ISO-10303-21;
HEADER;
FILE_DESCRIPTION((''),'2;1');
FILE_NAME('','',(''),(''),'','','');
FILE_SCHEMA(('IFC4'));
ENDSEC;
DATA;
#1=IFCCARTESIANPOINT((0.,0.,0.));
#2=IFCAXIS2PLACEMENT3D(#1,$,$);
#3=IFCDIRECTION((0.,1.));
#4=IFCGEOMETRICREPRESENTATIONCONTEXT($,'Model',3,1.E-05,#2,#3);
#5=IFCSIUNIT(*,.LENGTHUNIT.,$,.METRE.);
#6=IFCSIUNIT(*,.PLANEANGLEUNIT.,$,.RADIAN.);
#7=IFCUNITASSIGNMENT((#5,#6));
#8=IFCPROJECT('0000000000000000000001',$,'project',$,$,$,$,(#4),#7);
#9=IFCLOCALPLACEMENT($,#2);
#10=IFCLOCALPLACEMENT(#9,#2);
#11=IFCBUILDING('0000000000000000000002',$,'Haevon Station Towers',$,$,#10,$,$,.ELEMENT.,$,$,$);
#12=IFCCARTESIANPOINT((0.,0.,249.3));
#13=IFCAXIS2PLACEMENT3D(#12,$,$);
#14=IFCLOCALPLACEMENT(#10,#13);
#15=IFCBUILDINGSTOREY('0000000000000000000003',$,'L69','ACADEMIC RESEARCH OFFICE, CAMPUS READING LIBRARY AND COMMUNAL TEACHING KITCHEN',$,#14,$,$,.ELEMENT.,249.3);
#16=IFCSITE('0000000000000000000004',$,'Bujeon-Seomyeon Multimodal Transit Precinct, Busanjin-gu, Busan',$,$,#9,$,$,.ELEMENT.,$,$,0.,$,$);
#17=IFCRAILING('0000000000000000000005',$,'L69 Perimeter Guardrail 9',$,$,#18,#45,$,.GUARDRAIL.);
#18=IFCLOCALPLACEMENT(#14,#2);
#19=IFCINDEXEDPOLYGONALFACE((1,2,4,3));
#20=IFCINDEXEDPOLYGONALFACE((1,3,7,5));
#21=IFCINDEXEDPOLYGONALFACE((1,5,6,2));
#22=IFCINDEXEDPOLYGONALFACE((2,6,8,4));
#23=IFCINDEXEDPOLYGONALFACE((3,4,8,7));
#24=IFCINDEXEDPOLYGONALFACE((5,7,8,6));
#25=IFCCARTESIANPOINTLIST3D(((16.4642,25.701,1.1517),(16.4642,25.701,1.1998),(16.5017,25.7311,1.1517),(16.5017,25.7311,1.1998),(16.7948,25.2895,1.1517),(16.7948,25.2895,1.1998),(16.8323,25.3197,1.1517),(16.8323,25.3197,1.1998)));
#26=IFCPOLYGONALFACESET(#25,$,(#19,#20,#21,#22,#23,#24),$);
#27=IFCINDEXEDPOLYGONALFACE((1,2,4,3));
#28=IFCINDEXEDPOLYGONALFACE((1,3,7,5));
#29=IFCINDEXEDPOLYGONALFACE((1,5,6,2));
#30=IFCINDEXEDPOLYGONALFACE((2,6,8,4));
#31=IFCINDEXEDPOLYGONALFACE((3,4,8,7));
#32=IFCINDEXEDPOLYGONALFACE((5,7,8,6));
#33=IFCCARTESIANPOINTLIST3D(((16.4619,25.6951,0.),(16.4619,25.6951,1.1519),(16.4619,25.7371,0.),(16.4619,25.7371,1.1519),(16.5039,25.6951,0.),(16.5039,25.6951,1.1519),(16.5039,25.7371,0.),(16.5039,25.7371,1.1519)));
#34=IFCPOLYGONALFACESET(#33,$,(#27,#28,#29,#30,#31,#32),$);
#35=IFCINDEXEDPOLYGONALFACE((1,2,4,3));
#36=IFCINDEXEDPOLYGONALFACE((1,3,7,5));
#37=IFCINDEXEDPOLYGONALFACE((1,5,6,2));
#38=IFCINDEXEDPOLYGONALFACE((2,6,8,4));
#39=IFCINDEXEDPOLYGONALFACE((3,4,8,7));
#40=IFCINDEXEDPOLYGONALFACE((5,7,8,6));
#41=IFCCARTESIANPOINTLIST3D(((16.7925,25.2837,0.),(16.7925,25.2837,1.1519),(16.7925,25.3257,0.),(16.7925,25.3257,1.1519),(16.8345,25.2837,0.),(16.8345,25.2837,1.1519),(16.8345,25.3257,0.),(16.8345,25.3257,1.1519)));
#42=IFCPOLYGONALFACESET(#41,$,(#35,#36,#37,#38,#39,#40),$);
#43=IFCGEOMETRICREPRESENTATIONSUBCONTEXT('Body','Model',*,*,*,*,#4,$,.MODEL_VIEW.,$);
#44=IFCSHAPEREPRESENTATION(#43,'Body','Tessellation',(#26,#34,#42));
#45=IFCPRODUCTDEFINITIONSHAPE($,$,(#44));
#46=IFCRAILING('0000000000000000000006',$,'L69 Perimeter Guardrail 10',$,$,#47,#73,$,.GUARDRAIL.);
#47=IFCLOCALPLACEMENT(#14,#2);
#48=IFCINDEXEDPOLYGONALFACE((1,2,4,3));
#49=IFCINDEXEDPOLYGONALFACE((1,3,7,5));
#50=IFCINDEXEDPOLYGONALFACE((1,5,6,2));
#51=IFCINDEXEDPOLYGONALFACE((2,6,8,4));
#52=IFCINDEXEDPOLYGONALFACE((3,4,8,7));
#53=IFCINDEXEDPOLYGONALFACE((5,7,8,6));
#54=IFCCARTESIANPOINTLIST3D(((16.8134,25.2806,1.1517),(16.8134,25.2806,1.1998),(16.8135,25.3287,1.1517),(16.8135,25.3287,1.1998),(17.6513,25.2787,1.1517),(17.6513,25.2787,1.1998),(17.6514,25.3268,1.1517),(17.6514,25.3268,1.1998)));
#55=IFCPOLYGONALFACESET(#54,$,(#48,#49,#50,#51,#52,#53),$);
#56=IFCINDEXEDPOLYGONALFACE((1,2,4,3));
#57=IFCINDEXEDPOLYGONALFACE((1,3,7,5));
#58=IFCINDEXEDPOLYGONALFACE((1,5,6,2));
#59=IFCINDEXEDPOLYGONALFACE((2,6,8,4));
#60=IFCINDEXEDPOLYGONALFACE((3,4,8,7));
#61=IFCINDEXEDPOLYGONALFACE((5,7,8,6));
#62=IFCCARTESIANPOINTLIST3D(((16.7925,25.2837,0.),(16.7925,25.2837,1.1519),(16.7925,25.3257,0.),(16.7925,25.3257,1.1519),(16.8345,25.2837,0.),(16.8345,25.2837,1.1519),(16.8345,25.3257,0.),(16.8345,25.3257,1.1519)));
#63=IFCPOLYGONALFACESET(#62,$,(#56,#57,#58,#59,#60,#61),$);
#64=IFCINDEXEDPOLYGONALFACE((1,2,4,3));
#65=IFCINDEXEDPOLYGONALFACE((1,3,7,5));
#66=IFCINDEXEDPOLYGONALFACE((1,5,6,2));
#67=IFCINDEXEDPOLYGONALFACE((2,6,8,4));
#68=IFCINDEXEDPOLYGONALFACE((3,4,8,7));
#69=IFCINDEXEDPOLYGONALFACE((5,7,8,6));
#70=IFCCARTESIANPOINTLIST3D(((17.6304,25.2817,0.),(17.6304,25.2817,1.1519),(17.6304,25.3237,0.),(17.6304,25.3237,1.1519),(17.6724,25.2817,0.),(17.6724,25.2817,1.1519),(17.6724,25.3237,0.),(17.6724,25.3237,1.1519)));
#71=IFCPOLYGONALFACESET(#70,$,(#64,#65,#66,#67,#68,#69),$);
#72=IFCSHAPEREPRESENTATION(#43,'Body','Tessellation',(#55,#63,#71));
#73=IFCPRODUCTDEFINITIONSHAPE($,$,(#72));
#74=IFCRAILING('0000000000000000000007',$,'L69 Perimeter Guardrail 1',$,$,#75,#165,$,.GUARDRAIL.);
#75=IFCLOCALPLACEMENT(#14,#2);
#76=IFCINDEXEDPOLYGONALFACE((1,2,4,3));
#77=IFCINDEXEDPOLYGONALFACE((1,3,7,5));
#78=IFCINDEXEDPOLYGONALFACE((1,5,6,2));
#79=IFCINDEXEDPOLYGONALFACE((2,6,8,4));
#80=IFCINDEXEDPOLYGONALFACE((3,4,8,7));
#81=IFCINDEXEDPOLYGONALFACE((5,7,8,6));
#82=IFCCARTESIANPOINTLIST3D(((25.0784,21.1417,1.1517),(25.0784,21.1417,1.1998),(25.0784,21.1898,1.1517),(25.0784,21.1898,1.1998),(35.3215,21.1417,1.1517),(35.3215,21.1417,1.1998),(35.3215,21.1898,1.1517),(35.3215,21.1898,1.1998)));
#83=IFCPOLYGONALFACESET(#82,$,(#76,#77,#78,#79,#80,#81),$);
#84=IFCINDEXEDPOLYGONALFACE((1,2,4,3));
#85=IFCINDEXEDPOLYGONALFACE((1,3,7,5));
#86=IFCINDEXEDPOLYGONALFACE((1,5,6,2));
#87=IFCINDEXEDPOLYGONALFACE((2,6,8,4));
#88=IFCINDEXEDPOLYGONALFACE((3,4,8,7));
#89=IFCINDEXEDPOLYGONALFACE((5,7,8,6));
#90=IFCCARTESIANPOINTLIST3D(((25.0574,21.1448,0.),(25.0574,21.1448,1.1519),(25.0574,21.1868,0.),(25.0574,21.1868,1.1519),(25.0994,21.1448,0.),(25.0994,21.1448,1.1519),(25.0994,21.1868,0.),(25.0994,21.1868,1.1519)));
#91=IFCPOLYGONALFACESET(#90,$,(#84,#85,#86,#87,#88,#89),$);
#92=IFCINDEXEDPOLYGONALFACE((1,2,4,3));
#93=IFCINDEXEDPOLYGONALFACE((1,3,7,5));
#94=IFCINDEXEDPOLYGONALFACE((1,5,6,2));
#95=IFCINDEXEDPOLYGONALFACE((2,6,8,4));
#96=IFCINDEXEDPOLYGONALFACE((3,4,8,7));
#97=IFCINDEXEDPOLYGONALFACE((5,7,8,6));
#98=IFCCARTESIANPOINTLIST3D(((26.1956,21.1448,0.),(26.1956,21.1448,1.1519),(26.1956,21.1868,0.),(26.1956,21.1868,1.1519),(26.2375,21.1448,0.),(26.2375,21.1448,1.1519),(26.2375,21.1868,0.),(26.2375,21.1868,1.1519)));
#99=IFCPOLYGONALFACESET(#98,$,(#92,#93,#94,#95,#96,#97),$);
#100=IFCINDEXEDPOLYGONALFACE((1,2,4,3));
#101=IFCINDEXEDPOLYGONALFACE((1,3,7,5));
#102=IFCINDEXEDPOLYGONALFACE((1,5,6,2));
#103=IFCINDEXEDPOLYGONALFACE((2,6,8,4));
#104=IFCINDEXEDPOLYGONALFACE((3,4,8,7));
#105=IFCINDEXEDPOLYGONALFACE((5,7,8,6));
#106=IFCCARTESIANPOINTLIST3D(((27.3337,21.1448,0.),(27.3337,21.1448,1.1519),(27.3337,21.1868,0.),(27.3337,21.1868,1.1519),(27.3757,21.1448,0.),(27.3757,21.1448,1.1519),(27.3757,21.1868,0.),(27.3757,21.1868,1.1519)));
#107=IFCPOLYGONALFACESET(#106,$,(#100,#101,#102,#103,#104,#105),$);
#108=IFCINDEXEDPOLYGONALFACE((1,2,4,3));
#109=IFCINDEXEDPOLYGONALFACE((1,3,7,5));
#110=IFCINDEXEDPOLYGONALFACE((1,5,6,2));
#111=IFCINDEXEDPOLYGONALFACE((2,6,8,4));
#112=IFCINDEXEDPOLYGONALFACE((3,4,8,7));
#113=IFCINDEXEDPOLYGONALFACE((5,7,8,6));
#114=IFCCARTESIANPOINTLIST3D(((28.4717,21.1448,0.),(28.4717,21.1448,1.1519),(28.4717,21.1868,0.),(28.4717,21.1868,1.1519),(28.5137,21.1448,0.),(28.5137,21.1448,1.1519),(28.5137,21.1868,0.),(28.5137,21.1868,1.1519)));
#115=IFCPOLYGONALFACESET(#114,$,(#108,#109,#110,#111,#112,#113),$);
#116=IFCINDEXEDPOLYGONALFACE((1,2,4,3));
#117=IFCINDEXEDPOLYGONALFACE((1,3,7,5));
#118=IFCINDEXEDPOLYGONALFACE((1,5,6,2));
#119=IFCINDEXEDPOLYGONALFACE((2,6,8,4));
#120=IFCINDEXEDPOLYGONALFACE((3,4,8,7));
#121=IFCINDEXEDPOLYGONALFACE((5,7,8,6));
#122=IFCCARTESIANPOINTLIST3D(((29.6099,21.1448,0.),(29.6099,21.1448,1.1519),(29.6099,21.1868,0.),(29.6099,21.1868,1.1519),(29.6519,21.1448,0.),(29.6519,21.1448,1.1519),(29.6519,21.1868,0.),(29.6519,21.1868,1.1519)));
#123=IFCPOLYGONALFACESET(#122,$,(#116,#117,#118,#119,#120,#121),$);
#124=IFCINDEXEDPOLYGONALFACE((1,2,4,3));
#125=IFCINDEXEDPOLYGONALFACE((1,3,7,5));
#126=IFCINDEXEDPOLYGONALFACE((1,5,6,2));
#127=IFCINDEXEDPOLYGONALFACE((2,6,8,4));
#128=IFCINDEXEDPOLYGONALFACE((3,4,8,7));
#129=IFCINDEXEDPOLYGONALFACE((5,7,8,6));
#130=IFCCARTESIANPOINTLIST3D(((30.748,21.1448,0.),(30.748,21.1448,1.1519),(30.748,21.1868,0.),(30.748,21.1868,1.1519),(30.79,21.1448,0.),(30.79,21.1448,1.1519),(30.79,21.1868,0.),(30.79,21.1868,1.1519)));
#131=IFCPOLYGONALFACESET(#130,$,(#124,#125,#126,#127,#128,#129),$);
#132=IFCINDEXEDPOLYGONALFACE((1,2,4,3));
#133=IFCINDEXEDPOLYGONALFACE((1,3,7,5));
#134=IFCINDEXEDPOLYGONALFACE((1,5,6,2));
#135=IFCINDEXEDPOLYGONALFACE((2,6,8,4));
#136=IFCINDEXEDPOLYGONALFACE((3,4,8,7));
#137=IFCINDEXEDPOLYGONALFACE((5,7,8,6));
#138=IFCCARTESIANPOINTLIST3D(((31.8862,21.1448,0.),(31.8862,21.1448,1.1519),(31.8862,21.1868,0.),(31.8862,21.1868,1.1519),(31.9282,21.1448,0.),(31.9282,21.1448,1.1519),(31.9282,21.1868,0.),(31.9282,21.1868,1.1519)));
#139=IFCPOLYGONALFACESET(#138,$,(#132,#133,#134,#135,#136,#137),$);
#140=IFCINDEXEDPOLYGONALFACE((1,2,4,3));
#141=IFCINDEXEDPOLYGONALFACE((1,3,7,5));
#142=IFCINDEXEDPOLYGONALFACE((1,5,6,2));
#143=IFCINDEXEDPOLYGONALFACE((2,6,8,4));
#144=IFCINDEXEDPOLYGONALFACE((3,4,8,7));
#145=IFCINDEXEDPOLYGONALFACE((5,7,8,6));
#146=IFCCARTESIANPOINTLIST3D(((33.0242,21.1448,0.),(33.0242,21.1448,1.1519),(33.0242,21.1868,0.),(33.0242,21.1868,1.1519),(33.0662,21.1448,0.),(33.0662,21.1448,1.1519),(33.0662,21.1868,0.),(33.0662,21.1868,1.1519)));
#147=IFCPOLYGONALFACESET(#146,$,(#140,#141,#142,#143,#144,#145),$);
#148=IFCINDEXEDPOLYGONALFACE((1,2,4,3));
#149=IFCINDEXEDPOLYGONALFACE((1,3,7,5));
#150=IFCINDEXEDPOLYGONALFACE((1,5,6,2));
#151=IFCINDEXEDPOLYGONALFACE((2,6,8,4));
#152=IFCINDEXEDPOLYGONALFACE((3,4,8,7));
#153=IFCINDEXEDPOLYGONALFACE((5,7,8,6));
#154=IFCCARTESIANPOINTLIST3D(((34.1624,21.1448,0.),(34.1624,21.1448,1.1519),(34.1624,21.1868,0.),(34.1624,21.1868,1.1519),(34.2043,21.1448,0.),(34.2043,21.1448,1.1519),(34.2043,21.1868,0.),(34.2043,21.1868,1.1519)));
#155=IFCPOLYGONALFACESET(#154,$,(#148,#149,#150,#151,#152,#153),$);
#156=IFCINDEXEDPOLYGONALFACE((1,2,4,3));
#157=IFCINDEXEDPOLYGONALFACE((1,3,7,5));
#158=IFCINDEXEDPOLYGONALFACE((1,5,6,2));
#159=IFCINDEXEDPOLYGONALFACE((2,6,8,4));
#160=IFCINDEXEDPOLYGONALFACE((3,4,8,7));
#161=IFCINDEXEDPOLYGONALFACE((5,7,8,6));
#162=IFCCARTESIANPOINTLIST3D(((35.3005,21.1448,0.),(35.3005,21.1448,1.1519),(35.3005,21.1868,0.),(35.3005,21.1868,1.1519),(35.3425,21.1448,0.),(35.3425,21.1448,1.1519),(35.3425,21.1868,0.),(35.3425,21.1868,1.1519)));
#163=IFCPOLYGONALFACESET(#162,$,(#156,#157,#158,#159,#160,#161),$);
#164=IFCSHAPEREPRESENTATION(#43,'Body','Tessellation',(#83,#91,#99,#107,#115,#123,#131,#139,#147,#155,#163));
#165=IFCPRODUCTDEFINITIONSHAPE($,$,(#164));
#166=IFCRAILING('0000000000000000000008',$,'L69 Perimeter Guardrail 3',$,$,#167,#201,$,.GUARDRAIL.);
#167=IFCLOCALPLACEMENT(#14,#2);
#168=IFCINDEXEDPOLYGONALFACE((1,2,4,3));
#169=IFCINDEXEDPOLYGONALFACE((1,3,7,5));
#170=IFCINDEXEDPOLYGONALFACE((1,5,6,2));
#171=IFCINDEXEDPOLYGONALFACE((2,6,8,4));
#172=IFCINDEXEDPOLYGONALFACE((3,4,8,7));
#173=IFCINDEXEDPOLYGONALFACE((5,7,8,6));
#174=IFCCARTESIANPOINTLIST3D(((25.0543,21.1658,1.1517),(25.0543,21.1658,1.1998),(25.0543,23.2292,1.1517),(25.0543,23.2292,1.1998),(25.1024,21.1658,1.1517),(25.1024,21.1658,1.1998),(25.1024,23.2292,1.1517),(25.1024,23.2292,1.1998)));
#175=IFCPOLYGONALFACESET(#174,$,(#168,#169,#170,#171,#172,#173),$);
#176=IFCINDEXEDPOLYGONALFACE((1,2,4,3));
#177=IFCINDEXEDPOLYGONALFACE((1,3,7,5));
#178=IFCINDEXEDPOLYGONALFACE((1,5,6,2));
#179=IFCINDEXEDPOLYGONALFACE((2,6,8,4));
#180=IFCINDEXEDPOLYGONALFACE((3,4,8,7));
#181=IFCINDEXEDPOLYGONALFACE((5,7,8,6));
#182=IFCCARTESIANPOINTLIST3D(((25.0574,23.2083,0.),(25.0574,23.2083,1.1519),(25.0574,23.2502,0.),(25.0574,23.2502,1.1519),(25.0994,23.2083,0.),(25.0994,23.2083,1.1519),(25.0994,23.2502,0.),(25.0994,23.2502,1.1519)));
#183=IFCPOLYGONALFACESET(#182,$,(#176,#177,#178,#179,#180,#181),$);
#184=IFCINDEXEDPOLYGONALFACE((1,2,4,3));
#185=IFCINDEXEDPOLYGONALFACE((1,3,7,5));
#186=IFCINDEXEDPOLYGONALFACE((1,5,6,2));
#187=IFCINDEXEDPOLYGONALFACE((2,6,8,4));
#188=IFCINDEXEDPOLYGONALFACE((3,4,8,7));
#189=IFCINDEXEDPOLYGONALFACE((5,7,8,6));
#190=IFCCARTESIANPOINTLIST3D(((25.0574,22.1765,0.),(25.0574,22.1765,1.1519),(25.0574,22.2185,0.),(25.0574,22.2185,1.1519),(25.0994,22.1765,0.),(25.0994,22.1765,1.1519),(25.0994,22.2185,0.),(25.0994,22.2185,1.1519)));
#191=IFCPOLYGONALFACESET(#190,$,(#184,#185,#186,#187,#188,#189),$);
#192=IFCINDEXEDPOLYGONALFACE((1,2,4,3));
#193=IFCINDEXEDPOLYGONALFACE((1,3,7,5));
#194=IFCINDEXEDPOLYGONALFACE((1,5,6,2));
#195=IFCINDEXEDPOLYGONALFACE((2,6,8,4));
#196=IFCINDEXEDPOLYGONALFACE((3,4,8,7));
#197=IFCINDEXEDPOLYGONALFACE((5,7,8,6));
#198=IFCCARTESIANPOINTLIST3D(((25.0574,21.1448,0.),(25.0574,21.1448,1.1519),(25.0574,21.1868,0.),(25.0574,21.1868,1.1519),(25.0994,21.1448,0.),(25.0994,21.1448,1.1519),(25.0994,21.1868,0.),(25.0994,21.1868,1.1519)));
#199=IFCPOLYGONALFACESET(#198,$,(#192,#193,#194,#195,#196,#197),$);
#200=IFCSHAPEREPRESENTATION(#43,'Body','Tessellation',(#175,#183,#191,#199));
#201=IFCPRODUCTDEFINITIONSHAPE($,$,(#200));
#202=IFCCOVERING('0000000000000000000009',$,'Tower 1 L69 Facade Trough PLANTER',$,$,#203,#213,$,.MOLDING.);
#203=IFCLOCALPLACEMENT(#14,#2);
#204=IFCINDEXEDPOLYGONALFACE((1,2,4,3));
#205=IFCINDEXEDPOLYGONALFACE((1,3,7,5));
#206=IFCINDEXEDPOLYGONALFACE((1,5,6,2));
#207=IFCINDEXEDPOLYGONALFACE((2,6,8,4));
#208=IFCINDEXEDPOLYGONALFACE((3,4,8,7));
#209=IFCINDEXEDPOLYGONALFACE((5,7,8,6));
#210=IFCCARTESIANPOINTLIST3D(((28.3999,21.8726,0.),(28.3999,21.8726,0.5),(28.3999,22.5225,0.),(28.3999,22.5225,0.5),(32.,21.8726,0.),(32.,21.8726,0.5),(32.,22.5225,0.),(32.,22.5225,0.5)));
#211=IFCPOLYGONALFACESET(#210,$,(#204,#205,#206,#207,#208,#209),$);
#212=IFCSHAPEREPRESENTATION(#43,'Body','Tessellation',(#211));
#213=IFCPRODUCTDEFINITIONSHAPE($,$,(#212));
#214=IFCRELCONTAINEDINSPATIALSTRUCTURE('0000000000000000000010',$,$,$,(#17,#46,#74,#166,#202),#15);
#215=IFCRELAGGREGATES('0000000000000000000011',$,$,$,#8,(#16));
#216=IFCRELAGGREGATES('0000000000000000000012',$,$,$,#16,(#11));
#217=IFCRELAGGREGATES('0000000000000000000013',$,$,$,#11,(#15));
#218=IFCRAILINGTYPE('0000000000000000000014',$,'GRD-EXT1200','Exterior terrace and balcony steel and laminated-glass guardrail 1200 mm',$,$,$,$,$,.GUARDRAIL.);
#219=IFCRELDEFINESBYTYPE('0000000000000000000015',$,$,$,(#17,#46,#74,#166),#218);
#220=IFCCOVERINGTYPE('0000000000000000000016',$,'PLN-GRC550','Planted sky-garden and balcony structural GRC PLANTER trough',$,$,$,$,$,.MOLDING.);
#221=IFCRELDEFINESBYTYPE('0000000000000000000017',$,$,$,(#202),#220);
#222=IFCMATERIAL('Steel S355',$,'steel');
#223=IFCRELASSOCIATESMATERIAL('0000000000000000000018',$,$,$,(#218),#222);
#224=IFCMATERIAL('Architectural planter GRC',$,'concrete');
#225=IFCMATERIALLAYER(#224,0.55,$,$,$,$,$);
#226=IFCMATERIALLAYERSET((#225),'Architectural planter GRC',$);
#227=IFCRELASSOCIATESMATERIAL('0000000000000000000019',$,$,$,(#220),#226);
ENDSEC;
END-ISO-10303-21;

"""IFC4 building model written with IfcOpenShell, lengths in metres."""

from ifc_helpers import new_model, si_unit, direction, frame, origin, origin_2d, place, context, subcontext, project, spatial, rectangle, extrude, material, layer, layer_set, type_object, element, save


model = new_model("IFC4")

# Units and contexts
model_context = context("Model", 3, precision=1e-05, world=origin(), true_north=direction((0.0, 1.0)))
body_context = subcontext(model_context, "Body", "Model", "MODEL_VIEW")
ifc_project = project(units=[si_unit("LENGTHUNIT", "METRE"), si_unit("PLANEANGLEUNIT", "RADIAN")], contexts=[model_context])

# Site, building, storey
site_placement = place(None, origin())
site = spatial("IfcSite", under=ifc_project, at=site_placement, Name="Bujeon-Seomyeon Multimodal Transit Precinct, Busanjin-gu, Busan", CompositionType="ELEMENT", RefElevation=0.0)
building_placement = place(site_placement, origin())
building = spatial("IfcBuilding", under=site, at=building_placement, Name="Haevon Station Towers", CompositionType="ELEMENT")
storey_placement = place(building_placement, frame((0.0, 0.0, 249.3)))
storey = spatial("IfcBuildingStorey", under=building, at=storey_placement, Name="L69", Description="ACADEMIC RESEARCH OFFICE, CAMPUS READING LIBRARY AND COMMUNAL TEACHING KITCHEN", CompositionType="ELEMENT", Elevation=249.3)

# Shared definitions
ifc_material_1 = material(Name="Steel S355", Category="steel")

# Railings
railing_type = type_object("IfcRailingType", Name="GRD-EXT1200", Description="Exterior terrace and balcony steel and laminated-glass guardrail 1200 mm", PredefinedType="GUARDRAIL", material=ifc_material_1)
railing_1_placement = place(storey_placement, frame((16.4829, 25.7161, 0.0)))
element("IfcRailing", 1, at=railing_1_placement, inside=storey, type_object=railing_type, Name="L69 Perimeter Guardrail 9", PredefinedType="GUARDRAIL", context=body_context, shape_type="SweptSolid", body=[
    extrude(rectangle(XDim=0.0481, YDim=0.0481, at=origin_2d()), frame((0.0, 0.0, 1.1758), z_axis=(0.626386, -0.779513, 0.0), x_axis=(0.779513, 0.626386, 0.0)), (0.0, 0.0, 1.0), 0.5278),
    extrude(rectangle(XDim=0.042, YDim=0.042, at=origin_2d()), origin(), (0.0, 0.0, 1.0), 1.1519),
    extrude(rectangle(XDim=0.042, YDim=0.042, at=origin_2d()), frame((0.3306, -0.4114, 0.0)), (0.0, 0.0, 1.0), 1.1519),
])
railing_2_placement = place(storey_placement, frame((16.8135, 25.3047, 0.0)))
element("IfcRailing", 2, at=railing_2_placement, inside=storey, type_object=railing_type, Name="L69 Perimeter Guardrail 10", PredefinedType="GUARDRAIL", context=body_context, shape_type="SweptSolid", body=[
    extrude(rectangle(XDim=0.0481, YDim=0.0481, at=origin_2d()), frame((0.0, 0.0, 1.1758), z_axis=(0.999997, -0.002331, 0.0), x_axis=(0.002331, 0.999997, 0.0)), (0.0, 0.0, 1.0), 0.8379),
    extrude(rectangle(XDim=0.042, YDim=0.042, at=origin_2d()), origin(), (0.0, 0.0, 1.0), 1.1519),
    extrude(rectangle(XDim=0.042, YDim=0.042, at=origin_2d()), frame((0.8379, -0.002, 0.0)), (0.0, 0.0, 1.0), 1.1519),
])
railing_3_placement = place(storey_placement, frame((25.0784, 21.1658, 0.0)))
element("IfcRailing", 3, at=railing_3_placement, inside=storey, type_object=railing_type, Name="L69 Perimeter Guardrail 1", PredefinedType="GUARDRAIL", context=body_context, shape_type="SweptSolid", body=[
    extrude(rectangle(XDim=0.0481, YDim=0.0481, at=origin_2d()), frame((0.0, 0.0, 1.1758), z_axis=(1.0, 0.0, 0.0), x_axis=(0.0, 1.0, 0.0)), (0.0, 0.0, 1.0), 10.2432),
    extrude(rectangle(XDim=0.042, YDim=0.042, at=origin_2d()), origin(), (0.0, 0.0, 1.0), 1.1519),
    extrude(rectangle(XDim=0.042, YDim=0.042, at=origin_2d()), frame((1.1382, 0.0, 0.0)), (0.0, 0.0, 1.0), 1.1519),
    extrude(rectangle(XDim=0.042, YDim=0.042, at=origin_2d()), frame((2.2764, 0.0, 0.0)), (0.0, 0.0, 1.0), 1.1519),
    extrude(rectangle(XDim=0.042, YDim=0.042, at=origin_2d()), frame((3.4143, 0.0, 0.0)), (0.0, 0.0, 1.0), 1.1519),
    extrude(rectangle(XDim=0.042, YDim=0.042, at=origin_2d()), frame((4.5525, 0.0, 0.0)), (0.0, 0.0, 1.0), 1.1519),
    extrude(rectangle(XDim=0.042, YDim=0.042, at=origin_2d()), frame((5.6907, 0.0, 0.0)), (0.0, 0.0, 1.0), 1.1519),
    extrude(rectangle(XDim=0.042, YDim=0.042, at=origin_2d()), frame((6.8289, 0.0, 0.0)), (0.0, 0.0, 1.0), 1.1519),
    extrude(rectangle(XDim=0.042, YDim=0.042, at=origin_2d()), frame((7.9668, 0.0, 0.0)), (0.0, 0.0, 1.0), 1.1519),
    extrude(rectangle(XDim=0.042, YDim=0.042, at=origin_2d()), frame((9.105, 0.0, 0.0)), (0.0, 0.0, 1.0), 1.1519),
    extrude(rectangle(XDim=0.042, YDim=0.042, at=origin_2d()), frame((10.2432, 0.0, 0.0)), (0.0, 0.0, 1.0), 1.1519),
])
railing_4_placement = place(storey_placement, frame((25.0784, 23.2292, 0.0)))
element("IfcRailing", 4, at=railing_4_placement, inside=storey, type_object=railing_type, Name="L69 Perimeter Guardrail 3", PredefinedType="GUARDRAIL", context=body_context, shape_type="SweptSolid", body=[
    extrude(rectangle(XDim=0.0481, YDim=0.0481, at=origin_2d()), frame((0.0, 0.0, 1.1758), z_axis=(0.0, -1.0, 0.0), x_axis=(1.0, 0.0, 0.0)), (0.0, 0.0, 1.0), 2.0635),
    extrude(rectangle(XDim=0.042, YDim=0.042, at=origin_2d()), origin(), (0.0, 0.0, 1.0), 1.1519),
    extrude(rectangle(XDim=0.042, YDim=0.042, at=origin_2d()), frame((0.0, -1.0317, 0.0)), (0.0, 0.0, 1.0), 1.1519),
    extrude(rectangle(XDim=0.042, YDim=0.042, at=origin_2d()), frame((0.0, -2.0635, 0.0)), (0.0, 0.0, 1.0), 1.1519),
])

# Covering
ifc_material_2 = material(Name="Architectural planter GRC", Category="concrete")
ifc_layer_1 = layer(ifc_material_2, 0.55)
ifc_layer_set_1 = layer_set([ifc_layer_1], Name="Architectural planter GRC")
covering_type = type_object("IfcCoveringType", Name="PLN-GRC550", Description="Planted sky-garden and balcony structural GRC PLANTER trough", PredefinedType="MOLDING", material=ifc_layer_set_1)
covering_placement = place(storey_placement, frame((30.2, 22.1975, 0.0), z_axis=(0.0, 0.0, 1.0), x_axis=(1.0, 0.0, 0.0)))
element("IfcCovering", 5, at=covering_placement, inside=storey, type_object=covering_type, Name="Tower 1 L69 Facade Trough PLANTER", PredefinedType="MOLDING", context=body_context, shape_type="SweptSolid", body=[
    extrude(rectangle(XDim=3.6001, YDim=0.6499, at=origin_2d()), origin(), (0.0, 0.0, 1.0), 0.5),
])

save(model, "model.ifc")
